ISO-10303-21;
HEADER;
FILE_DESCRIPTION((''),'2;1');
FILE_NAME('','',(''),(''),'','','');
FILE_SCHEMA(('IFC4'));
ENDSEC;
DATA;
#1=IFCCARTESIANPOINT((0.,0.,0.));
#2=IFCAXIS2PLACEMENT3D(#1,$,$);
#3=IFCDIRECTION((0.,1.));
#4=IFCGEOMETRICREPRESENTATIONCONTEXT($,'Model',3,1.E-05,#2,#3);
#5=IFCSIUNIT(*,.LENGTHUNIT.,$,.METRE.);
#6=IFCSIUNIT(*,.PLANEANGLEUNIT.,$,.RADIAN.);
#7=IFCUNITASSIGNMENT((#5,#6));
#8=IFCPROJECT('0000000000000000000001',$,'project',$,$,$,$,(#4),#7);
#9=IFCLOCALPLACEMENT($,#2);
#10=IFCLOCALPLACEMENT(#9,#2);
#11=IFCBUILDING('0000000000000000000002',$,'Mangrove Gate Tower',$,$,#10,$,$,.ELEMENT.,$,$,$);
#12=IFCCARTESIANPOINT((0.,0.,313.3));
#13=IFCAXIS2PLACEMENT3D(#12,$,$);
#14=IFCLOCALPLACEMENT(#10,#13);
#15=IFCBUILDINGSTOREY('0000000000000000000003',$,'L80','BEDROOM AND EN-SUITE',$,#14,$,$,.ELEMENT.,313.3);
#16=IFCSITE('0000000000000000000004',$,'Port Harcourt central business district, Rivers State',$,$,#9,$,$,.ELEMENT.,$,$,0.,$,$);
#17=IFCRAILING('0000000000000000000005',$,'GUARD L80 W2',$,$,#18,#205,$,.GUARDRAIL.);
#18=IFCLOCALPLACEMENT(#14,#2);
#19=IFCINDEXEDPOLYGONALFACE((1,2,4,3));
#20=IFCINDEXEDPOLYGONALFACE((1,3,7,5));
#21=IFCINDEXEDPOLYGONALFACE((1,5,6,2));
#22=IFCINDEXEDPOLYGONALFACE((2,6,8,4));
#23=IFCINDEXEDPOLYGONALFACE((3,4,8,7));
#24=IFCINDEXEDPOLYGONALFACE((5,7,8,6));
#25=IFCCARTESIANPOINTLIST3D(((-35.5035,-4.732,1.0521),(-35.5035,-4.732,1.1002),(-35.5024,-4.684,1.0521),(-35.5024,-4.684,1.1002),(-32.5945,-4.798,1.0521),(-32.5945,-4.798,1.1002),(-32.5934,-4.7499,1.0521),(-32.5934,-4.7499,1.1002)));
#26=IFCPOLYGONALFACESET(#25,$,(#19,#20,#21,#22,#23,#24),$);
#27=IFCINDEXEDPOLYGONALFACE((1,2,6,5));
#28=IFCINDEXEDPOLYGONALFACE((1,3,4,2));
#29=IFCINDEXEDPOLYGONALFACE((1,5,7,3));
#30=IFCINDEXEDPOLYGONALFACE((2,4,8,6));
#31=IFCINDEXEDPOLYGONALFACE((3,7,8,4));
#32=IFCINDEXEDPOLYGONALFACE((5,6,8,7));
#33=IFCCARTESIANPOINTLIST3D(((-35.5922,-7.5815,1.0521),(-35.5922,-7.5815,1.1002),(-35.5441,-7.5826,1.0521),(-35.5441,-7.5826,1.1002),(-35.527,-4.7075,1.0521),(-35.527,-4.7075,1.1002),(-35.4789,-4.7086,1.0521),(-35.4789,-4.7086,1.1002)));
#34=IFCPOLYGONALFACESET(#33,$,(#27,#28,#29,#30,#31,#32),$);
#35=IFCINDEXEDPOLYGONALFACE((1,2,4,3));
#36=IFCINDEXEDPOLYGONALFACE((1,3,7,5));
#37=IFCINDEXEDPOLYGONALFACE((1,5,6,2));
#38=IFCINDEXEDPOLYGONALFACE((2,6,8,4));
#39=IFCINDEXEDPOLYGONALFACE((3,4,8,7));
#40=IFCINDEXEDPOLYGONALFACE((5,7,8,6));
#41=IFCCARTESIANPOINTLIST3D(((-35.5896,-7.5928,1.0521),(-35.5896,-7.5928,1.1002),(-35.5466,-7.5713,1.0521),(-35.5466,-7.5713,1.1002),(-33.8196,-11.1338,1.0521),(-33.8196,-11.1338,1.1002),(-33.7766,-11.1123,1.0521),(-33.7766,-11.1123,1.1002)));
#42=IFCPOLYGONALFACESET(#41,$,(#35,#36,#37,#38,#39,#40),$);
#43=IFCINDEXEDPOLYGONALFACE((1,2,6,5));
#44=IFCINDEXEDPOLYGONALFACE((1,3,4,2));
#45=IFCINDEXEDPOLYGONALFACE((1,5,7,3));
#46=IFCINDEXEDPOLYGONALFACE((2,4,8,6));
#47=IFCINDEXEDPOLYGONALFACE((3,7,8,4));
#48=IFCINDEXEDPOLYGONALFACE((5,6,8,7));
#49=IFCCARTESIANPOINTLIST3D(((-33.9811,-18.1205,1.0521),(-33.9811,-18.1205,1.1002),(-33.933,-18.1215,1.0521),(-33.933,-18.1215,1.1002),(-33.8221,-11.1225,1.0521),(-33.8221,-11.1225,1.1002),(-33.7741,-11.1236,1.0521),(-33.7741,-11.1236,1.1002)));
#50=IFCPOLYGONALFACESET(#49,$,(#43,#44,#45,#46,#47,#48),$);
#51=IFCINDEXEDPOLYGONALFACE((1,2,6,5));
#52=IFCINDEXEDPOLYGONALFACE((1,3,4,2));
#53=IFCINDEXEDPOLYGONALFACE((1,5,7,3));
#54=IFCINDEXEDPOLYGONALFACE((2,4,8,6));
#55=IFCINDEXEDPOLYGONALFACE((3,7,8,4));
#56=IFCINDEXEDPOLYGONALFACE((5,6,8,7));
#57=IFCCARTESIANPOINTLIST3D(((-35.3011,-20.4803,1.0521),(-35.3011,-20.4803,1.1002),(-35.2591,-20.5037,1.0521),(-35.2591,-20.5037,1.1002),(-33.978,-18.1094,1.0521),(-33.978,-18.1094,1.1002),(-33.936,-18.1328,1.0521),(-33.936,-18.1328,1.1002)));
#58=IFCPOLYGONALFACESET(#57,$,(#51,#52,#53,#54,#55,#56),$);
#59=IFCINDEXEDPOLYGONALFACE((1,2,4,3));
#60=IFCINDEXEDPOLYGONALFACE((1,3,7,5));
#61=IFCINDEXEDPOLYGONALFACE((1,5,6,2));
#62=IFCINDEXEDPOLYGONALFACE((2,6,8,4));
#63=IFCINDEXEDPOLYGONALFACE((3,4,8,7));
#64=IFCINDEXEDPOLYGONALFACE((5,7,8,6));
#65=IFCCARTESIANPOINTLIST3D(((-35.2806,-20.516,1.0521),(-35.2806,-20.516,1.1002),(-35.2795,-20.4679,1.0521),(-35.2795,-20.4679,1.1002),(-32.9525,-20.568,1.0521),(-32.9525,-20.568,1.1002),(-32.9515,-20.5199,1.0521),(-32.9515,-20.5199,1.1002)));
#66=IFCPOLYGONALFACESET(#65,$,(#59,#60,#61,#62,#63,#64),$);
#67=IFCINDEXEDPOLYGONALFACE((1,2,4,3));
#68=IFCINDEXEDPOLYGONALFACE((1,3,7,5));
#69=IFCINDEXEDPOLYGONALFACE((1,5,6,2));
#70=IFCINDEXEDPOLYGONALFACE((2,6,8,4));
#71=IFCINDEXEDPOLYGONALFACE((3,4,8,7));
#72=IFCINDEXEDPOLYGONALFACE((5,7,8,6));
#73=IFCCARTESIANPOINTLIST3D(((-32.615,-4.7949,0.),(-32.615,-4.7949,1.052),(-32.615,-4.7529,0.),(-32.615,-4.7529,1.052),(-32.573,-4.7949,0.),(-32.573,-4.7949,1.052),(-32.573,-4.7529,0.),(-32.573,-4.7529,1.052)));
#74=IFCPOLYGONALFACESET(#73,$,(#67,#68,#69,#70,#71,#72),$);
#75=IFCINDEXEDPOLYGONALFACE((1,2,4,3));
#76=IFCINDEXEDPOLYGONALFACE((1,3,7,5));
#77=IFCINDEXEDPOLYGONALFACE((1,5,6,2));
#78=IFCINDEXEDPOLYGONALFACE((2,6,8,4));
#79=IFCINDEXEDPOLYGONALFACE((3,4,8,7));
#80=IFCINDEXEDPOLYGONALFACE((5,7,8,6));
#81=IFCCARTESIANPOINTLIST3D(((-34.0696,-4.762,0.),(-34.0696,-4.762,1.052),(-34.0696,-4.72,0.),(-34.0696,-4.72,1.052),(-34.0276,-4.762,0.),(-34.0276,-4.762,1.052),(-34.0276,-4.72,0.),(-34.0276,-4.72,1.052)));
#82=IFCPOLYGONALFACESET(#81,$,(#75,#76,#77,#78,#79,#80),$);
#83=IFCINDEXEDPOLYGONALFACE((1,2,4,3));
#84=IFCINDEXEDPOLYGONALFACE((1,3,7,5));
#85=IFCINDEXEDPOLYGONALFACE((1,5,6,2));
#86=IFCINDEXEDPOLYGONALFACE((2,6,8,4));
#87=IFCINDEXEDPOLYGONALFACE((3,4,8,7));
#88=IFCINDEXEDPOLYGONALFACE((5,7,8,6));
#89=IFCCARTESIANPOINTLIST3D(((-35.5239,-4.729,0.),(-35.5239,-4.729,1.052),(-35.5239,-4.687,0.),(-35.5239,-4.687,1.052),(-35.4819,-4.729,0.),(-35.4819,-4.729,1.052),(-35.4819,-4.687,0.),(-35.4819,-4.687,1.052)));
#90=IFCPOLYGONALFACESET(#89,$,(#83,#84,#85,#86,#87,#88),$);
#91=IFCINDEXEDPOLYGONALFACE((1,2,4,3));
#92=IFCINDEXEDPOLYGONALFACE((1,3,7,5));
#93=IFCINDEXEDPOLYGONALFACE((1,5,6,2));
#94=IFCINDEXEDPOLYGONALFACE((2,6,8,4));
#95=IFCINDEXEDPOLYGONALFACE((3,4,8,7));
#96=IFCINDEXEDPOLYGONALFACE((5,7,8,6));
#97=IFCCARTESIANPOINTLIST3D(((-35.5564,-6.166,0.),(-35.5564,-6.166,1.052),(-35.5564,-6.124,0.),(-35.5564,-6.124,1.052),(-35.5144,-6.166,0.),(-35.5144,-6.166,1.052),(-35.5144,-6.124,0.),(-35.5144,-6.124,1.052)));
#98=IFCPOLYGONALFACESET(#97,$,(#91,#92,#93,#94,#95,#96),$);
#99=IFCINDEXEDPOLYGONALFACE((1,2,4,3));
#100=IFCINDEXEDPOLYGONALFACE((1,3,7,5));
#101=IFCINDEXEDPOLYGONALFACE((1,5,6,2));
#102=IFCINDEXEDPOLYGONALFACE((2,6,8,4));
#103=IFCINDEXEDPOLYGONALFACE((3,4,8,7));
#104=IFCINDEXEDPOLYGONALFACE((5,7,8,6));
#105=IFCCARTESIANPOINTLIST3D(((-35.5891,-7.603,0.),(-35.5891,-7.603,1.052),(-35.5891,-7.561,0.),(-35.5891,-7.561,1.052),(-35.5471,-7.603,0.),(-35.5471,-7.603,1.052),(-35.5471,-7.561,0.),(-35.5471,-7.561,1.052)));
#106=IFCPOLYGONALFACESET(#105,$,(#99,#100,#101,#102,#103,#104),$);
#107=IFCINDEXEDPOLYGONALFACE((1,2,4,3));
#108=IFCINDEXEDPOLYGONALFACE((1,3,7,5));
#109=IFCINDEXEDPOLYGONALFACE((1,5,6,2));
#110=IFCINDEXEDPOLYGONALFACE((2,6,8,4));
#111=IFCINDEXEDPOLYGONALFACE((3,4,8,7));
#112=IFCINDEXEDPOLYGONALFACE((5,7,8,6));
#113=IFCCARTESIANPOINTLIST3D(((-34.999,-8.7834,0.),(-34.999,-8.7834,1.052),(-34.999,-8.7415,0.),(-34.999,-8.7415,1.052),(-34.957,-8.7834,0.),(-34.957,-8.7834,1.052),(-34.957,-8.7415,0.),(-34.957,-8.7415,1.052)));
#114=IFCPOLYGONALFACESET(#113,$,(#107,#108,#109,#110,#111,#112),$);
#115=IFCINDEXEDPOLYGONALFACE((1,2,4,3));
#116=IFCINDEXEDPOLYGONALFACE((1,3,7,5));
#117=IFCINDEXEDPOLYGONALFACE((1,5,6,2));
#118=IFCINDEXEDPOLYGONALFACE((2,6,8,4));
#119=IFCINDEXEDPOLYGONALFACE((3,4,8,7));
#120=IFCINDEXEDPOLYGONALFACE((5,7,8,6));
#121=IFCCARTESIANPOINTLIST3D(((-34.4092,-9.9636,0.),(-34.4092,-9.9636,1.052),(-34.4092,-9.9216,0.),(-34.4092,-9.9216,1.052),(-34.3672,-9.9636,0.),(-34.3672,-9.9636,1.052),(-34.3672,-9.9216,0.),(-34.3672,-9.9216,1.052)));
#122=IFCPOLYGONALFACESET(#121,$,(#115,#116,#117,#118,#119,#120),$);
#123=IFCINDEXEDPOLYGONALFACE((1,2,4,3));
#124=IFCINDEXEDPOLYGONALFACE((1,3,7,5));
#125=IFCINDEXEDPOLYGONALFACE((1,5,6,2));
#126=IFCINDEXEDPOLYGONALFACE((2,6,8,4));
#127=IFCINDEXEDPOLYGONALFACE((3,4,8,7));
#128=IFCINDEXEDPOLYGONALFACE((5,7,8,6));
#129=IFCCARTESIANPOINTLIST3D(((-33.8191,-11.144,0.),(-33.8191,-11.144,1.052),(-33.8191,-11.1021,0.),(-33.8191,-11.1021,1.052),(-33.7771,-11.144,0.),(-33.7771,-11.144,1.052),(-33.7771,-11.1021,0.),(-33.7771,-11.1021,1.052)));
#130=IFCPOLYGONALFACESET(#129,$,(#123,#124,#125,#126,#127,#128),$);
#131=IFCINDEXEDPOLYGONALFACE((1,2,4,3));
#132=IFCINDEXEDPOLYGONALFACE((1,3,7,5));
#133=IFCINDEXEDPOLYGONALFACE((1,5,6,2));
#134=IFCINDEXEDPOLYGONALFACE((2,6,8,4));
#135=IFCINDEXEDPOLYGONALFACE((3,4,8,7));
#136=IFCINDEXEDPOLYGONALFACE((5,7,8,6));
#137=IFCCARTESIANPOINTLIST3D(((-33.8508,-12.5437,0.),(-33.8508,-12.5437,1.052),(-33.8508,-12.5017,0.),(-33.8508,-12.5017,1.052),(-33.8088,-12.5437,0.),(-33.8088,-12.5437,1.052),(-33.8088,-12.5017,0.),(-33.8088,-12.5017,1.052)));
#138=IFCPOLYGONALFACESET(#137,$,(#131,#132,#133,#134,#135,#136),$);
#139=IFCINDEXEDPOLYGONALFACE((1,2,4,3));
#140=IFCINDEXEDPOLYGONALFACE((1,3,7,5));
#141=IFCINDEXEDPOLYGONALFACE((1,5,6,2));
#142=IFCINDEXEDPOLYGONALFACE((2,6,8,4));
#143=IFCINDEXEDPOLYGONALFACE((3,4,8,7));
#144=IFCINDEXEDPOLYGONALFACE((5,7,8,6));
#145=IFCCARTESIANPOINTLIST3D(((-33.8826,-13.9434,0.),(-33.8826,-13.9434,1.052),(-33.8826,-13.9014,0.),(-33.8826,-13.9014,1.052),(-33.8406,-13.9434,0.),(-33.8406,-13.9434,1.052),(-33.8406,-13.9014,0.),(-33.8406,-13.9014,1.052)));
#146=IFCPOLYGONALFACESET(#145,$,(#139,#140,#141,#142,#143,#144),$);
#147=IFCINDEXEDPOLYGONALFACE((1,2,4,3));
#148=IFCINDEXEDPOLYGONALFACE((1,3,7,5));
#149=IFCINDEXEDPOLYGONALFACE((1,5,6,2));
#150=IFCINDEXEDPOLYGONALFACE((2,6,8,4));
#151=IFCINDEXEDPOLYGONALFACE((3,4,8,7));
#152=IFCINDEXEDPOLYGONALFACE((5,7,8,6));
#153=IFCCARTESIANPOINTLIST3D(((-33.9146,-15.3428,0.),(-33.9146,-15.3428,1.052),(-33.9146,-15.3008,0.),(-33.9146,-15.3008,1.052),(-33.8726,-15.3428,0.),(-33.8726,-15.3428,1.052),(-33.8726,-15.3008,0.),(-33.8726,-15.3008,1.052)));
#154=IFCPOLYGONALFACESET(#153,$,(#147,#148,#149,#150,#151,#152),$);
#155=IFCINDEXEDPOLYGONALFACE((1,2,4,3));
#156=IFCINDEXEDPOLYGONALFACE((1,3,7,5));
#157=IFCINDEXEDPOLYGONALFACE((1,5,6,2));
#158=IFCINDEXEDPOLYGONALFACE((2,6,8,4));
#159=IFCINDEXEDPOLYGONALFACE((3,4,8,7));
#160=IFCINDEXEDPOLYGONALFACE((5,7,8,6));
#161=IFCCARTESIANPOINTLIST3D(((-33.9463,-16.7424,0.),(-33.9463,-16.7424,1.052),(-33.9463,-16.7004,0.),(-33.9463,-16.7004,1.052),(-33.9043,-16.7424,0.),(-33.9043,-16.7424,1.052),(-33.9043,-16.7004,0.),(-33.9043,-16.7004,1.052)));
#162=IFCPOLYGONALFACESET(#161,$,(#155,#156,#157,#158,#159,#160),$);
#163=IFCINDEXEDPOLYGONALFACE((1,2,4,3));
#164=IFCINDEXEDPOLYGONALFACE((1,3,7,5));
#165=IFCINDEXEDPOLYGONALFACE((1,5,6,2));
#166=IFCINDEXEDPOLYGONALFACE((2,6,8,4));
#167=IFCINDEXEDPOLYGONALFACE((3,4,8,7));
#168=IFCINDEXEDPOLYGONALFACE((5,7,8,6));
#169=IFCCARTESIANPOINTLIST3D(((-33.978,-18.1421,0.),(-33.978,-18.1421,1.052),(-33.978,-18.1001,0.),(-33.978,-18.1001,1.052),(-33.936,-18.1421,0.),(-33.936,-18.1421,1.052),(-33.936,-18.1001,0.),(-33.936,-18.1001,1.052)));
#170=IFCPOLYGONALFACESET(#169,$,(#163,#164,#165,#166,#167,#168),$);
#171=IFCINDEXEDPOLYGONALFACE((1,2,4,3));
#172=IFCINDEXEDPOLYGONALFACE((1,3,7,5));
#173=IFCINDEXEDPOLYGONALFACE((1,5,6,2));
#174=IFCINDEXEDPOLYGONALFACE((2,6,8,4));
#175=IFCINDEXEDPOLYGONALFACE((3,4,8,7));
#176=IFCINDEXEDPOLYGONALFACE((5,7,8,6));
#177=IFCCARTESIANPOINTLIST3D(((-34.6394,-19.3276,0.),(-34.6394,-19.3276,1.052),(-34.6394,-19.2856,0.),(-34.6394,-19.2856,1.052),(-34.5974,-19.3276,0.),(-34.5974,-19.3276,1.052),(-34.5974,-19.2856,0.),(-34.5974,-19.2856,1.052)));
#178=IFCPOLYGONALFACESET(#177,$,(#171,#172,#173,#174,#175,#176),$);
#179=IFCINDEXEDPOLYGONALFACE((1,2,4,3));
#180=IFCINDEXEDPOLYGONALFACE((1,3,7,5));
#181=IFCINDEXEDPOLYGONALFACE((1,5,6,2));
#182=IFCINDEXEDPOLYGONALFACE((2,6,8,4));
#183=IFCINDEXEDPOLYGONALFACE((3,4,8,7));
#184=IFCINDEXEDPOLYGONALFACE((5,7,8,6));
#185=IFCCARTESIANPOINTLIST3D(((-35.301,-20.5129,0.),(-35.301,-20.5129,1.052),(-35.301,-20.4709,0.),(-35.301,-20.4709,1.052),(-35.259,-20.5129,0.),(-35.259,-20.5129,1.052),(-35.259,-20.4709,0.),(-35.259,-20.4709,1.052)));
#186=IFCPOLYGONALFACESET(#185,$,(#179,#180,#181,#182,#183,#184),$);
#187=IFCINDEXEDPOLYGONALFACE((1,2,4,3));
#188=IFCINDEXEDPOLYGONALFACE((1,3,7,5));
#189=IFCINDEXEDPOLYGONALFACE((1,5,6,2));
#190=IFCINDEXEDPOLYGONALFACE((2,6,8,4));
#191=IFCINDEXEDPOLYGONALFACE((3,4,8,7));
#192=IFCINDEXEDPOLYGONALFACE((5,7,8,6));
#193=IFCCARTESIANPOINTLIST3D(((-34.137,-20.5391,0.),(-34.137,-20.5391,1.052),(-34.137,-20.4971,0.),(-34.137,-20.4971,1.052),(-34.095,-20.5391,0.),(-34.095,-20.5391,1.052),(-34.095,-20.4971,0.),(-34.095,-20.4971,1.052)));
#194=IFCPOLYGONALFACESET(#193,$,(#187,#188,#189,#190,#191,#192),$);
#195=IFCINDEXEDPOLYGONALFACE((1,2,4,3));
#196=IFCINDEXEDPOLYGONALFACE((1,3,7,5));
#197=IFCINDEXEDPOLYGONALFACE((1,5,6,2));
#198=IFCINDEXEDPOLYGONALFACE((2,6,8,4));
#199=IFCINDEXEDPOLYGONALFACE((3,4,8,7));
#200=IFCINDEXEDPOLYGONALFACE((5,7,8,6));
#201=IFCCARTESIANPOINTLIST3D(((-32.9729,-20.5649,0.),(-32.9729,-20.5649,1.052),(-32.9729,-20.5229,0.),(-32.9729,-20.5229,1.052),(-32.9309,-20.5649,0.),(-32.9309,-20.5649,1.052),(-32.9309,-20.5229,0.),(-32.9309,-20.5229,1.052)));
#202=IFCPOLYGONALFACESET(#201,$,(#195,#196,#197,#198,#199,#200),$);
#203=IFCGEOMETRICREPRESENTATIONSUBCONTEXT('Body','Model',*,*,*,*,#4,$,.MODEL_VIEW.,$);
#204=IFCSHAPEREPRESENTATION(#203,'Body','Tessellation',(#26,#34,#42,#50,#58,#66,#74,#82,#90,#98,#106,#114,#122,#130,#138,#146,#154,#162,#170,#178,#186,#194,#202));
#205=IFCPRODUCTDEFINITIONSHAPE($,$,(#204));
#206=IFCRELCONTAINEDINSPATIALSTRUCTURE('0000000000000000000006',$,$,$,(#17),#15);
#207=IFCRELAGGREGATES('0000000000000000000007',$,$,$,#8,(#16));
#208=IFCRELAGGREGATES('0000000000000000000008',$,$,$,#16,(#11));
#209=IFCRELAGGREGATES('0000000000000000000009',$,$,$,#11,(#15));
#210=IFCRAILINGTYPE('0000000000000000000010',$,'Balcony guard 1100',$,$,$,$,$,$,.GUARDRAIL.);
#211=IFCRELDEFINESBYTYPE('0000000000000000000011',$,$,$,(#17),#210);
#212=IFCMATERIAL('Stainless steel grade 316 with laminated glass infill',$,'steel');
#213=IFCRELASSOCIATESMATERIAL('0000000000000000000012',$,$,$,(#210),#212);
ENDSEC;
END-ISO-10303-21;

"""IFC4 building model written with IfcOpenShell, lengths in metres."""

from ifc_helpers import new_model, si_unit, direction, frame, origin, origin_2d, place, context, subcontext, project, spatial, rectangle, extrude, material, type_object, element, save


model = new_model("IFC4")

# Units and contexts
model_context = context("Model", 3, precision=1e-05, world=origin(), true_north=direction((0.0, 1.0)))
body_context = subcontext(model_context, "Body", "Model", "MODEL_VIEW")
ifc_project = project(units=[si_unit("LENGTHUNIT", "METRE"), si_unit("PLANEANGLEUNIT", "RADIAN")], contexts=[model_context])

# Site, building, storey
site_placement = place(None, origin())
site = spatial("IfcSite", under=ifc_project, at=site_placement, Name="Port Harcourt central business district, Rivers State", CompositionType="ELEMENT", RefElevation=0.0)
building_placement = place(site_placement, origin())
building = spatial("IfcBuilding", under=site, at=building_placement, Name="Mangrove Gate Tower", CompositionType="ELEMENT")
storey_placement = place(building_placement, frame((0.0, 0.0, 313.3)))
storey = spatial("IfcBuildingStorey", under=building, at=storey_placement, Name="L80", Description="BEDROOM AND EN-SUITE", CompositionType="ELEMENT", Elevation=313.3)

# Railing
ifc_material_1 = material(Name="Stainless steel grade 316 with laminated glass infill", Category="steel")
railing_type = type_object("IfcRailingType", Name="Balcony guard 1100", PredefinedType="GUARDRAIL", material=ifc_material_1)
railing_placement = place(storey_placement, frame((-32.594, -4.7739, 0.0)))
element("IfcRailing", 1, at=railing_placement, inside=storey, type_object=railing_type, Name="GUARD L80 W2", PredefinedType="GUARDRAIL", context=body_context, shape_type="SweptSolid", body=[
    extrude(rectangle(XDim=0.0481, YDim=0.0481, at=origin_2d()), frame((0.0, 0.0, 1.0762), z_axis=(-0.999743, 0.022655, 0.0), x_axis=(-0.022655, -0.999743, 0.0)), (0.0, 0.0, 1.0), 2.9097),
    extrude(rectangle(XDim=0.0481, YDim=0.0481, at=origin_2d()), frame((-2.9089, 0.0659, 1.0762), z_axis=(-0.022675, -0.999743, 0.0), x_axis=(0.999743, -0.022675, 0.0)), (0.0, 0.0, 1.0), 2.8748),
    extrude(rectangle(XDim=0.0481, YDim=0.0481, at=origin_2d()), frame((-2.9741, -2.8081, 1.0762), z_axis=(0.447115, -0.894477, 0.0), x_axis=(0.894477, 0.447115, 0.0)), (0.0, 0.0, 1.0), 3.9587),
    extrude(rectangle(XDim=0.0481, YDim=0.0481, at=origin_2d()), frame((-1.2041, -6.3491, 1.0762), z_axis=(-0.022706, -0.999742, 0.0), x_axis=(0.999742, -0.022706, 0.0)), (0.0, 0.0, 1.0), 6.9998),
    extrude(rectangle(XDim=0.0481, YDim=0.0481, at=origin_2d()), frame((-1.363, -13.3472, 1.0762), z_axis=(-0.487291, -0.87324, 0.0), x_axis=(0.87324, -0.487291, 0.0)), (0.0, 0.0, 1.0), 2.7151),
    extrude(rectangle(XDim=0.0481, YDim=0.0481, at=origin_2d()), frame((-2.686, -15.718, 1.0762), z_axis=(0.999751, -0.022331, 0.0), x_axis=(0.022331, 0.999751, 0.0)), (0.0, 0.0, 1.0), 2.3286),
    extrude(rectangle(XDim=0.042, YDim=0.042, at=origin_2d()), origin(), (0.0, 0.0, 1.0), 1.052),
    extrude(rectangle(XDim=0.042, YDim=0.042, at=origin_2d()), frame((-1.4546, 0.033, 0.0)), (0.0, 0.0, 1.0), 1.052),
    extrude(rectangle(XDim=0.042, YDim=0.042, at=origin_2d()), frame((-2.9089, 0.0659, 0.0)), (0.0, 0.0, 1.0), 1.052),
    extrude(rectangle(XDim=0.042, YDim=0.042, at=origin_2d()), frame((-2.9414, -1.3711, 0.0)), (0.0, 0.0, 1.0), 1.052),
    extrude(rectangle(XDim=0.042, YDim=0.042, at=origin_2d()), frame((-2.9741, -2.8081, 0.0)), (0.0, 0.0, 1.0), 1.052),
    extrude(rectangle(XDim=0.042, YDim=0.042, at=origin_2d()), frame((-2.384, -3.9885, 0.0)), (0.0, 0.0, 1.0), 1.052),
    extrude(rectangle(XDim=0.042, YDim=0.042, at=origin_2d()), frame((-1.7942, -5.1687, 0.0)), (0.0, 0.0, 1.0), 1.052),
    extrude(rectangle(XDim=0.042, YDim=0.042, at=origin_2d()), frame((-1.2041, -6.3491, 0.0)), (0.0, 0.0, 1.0), 1.052),
    extrude(rectangle(XDim=0.042, YDim=0.042, at=origin_2d()), frame((-1.2358, -7.7488, 0.0)), (0.0, 0.0, 1.0), 1.052),
    extrude(rectangle(XDim=0.042, YDim=0.042, at=origin_2d()), frame((-1.2676, -9.1484, 0.0)), (0.0, 0.0, 1.0), 1.052),
    extrude(rectangle(XDim=0.042, YDim=0.042, at=origin_2d()), frame((-1.2996, -10.5479, 0.0)), (0.0, 0.0, 1.0), 1.052),
    extrude(rectangle(XDim=0.042, YDim=0.042, at=origin_2d()), frame((-1.3313, -11.9475, 0.0)), (0.0, 0.0, 1.0), 1.052),
    extrude(rectangle(XDim=0.042, YDim=0.042, at=origin_2d()), frame((-1.363, -13.3472, 0.0)), (0.0, 0.0, 1.0), 1.052),
    extrude(rectangle(XDim=0.042, YDim=0.042, at=origin_2d()), frame((-2.0244, -14.5327, 0.0)), (0.0, 0.0, 1.0), 1.052),
    extrude(rectangle(XDim=0.042, YDim=0.042, at=origin_2d()), frame((-2.686, -15.718, 0.0)), (0.0, 0.0, 1.0), 1.052),
    extrude(rectangle(XDim=0.042, YDim=0.042, at=origin_2d()), frame((-1.522, -15.7441, 0.0)), (0.0, 0.0, 1.0), 1.052),
    extrude(rectangle(XDim=0.042, YDim=0.042, at=origin_2d()), frame((-0.3579, -15.77, 0.0)), (0.0, 0.0, 1.0), 1.052),
])

save(model, "model.ifc")
